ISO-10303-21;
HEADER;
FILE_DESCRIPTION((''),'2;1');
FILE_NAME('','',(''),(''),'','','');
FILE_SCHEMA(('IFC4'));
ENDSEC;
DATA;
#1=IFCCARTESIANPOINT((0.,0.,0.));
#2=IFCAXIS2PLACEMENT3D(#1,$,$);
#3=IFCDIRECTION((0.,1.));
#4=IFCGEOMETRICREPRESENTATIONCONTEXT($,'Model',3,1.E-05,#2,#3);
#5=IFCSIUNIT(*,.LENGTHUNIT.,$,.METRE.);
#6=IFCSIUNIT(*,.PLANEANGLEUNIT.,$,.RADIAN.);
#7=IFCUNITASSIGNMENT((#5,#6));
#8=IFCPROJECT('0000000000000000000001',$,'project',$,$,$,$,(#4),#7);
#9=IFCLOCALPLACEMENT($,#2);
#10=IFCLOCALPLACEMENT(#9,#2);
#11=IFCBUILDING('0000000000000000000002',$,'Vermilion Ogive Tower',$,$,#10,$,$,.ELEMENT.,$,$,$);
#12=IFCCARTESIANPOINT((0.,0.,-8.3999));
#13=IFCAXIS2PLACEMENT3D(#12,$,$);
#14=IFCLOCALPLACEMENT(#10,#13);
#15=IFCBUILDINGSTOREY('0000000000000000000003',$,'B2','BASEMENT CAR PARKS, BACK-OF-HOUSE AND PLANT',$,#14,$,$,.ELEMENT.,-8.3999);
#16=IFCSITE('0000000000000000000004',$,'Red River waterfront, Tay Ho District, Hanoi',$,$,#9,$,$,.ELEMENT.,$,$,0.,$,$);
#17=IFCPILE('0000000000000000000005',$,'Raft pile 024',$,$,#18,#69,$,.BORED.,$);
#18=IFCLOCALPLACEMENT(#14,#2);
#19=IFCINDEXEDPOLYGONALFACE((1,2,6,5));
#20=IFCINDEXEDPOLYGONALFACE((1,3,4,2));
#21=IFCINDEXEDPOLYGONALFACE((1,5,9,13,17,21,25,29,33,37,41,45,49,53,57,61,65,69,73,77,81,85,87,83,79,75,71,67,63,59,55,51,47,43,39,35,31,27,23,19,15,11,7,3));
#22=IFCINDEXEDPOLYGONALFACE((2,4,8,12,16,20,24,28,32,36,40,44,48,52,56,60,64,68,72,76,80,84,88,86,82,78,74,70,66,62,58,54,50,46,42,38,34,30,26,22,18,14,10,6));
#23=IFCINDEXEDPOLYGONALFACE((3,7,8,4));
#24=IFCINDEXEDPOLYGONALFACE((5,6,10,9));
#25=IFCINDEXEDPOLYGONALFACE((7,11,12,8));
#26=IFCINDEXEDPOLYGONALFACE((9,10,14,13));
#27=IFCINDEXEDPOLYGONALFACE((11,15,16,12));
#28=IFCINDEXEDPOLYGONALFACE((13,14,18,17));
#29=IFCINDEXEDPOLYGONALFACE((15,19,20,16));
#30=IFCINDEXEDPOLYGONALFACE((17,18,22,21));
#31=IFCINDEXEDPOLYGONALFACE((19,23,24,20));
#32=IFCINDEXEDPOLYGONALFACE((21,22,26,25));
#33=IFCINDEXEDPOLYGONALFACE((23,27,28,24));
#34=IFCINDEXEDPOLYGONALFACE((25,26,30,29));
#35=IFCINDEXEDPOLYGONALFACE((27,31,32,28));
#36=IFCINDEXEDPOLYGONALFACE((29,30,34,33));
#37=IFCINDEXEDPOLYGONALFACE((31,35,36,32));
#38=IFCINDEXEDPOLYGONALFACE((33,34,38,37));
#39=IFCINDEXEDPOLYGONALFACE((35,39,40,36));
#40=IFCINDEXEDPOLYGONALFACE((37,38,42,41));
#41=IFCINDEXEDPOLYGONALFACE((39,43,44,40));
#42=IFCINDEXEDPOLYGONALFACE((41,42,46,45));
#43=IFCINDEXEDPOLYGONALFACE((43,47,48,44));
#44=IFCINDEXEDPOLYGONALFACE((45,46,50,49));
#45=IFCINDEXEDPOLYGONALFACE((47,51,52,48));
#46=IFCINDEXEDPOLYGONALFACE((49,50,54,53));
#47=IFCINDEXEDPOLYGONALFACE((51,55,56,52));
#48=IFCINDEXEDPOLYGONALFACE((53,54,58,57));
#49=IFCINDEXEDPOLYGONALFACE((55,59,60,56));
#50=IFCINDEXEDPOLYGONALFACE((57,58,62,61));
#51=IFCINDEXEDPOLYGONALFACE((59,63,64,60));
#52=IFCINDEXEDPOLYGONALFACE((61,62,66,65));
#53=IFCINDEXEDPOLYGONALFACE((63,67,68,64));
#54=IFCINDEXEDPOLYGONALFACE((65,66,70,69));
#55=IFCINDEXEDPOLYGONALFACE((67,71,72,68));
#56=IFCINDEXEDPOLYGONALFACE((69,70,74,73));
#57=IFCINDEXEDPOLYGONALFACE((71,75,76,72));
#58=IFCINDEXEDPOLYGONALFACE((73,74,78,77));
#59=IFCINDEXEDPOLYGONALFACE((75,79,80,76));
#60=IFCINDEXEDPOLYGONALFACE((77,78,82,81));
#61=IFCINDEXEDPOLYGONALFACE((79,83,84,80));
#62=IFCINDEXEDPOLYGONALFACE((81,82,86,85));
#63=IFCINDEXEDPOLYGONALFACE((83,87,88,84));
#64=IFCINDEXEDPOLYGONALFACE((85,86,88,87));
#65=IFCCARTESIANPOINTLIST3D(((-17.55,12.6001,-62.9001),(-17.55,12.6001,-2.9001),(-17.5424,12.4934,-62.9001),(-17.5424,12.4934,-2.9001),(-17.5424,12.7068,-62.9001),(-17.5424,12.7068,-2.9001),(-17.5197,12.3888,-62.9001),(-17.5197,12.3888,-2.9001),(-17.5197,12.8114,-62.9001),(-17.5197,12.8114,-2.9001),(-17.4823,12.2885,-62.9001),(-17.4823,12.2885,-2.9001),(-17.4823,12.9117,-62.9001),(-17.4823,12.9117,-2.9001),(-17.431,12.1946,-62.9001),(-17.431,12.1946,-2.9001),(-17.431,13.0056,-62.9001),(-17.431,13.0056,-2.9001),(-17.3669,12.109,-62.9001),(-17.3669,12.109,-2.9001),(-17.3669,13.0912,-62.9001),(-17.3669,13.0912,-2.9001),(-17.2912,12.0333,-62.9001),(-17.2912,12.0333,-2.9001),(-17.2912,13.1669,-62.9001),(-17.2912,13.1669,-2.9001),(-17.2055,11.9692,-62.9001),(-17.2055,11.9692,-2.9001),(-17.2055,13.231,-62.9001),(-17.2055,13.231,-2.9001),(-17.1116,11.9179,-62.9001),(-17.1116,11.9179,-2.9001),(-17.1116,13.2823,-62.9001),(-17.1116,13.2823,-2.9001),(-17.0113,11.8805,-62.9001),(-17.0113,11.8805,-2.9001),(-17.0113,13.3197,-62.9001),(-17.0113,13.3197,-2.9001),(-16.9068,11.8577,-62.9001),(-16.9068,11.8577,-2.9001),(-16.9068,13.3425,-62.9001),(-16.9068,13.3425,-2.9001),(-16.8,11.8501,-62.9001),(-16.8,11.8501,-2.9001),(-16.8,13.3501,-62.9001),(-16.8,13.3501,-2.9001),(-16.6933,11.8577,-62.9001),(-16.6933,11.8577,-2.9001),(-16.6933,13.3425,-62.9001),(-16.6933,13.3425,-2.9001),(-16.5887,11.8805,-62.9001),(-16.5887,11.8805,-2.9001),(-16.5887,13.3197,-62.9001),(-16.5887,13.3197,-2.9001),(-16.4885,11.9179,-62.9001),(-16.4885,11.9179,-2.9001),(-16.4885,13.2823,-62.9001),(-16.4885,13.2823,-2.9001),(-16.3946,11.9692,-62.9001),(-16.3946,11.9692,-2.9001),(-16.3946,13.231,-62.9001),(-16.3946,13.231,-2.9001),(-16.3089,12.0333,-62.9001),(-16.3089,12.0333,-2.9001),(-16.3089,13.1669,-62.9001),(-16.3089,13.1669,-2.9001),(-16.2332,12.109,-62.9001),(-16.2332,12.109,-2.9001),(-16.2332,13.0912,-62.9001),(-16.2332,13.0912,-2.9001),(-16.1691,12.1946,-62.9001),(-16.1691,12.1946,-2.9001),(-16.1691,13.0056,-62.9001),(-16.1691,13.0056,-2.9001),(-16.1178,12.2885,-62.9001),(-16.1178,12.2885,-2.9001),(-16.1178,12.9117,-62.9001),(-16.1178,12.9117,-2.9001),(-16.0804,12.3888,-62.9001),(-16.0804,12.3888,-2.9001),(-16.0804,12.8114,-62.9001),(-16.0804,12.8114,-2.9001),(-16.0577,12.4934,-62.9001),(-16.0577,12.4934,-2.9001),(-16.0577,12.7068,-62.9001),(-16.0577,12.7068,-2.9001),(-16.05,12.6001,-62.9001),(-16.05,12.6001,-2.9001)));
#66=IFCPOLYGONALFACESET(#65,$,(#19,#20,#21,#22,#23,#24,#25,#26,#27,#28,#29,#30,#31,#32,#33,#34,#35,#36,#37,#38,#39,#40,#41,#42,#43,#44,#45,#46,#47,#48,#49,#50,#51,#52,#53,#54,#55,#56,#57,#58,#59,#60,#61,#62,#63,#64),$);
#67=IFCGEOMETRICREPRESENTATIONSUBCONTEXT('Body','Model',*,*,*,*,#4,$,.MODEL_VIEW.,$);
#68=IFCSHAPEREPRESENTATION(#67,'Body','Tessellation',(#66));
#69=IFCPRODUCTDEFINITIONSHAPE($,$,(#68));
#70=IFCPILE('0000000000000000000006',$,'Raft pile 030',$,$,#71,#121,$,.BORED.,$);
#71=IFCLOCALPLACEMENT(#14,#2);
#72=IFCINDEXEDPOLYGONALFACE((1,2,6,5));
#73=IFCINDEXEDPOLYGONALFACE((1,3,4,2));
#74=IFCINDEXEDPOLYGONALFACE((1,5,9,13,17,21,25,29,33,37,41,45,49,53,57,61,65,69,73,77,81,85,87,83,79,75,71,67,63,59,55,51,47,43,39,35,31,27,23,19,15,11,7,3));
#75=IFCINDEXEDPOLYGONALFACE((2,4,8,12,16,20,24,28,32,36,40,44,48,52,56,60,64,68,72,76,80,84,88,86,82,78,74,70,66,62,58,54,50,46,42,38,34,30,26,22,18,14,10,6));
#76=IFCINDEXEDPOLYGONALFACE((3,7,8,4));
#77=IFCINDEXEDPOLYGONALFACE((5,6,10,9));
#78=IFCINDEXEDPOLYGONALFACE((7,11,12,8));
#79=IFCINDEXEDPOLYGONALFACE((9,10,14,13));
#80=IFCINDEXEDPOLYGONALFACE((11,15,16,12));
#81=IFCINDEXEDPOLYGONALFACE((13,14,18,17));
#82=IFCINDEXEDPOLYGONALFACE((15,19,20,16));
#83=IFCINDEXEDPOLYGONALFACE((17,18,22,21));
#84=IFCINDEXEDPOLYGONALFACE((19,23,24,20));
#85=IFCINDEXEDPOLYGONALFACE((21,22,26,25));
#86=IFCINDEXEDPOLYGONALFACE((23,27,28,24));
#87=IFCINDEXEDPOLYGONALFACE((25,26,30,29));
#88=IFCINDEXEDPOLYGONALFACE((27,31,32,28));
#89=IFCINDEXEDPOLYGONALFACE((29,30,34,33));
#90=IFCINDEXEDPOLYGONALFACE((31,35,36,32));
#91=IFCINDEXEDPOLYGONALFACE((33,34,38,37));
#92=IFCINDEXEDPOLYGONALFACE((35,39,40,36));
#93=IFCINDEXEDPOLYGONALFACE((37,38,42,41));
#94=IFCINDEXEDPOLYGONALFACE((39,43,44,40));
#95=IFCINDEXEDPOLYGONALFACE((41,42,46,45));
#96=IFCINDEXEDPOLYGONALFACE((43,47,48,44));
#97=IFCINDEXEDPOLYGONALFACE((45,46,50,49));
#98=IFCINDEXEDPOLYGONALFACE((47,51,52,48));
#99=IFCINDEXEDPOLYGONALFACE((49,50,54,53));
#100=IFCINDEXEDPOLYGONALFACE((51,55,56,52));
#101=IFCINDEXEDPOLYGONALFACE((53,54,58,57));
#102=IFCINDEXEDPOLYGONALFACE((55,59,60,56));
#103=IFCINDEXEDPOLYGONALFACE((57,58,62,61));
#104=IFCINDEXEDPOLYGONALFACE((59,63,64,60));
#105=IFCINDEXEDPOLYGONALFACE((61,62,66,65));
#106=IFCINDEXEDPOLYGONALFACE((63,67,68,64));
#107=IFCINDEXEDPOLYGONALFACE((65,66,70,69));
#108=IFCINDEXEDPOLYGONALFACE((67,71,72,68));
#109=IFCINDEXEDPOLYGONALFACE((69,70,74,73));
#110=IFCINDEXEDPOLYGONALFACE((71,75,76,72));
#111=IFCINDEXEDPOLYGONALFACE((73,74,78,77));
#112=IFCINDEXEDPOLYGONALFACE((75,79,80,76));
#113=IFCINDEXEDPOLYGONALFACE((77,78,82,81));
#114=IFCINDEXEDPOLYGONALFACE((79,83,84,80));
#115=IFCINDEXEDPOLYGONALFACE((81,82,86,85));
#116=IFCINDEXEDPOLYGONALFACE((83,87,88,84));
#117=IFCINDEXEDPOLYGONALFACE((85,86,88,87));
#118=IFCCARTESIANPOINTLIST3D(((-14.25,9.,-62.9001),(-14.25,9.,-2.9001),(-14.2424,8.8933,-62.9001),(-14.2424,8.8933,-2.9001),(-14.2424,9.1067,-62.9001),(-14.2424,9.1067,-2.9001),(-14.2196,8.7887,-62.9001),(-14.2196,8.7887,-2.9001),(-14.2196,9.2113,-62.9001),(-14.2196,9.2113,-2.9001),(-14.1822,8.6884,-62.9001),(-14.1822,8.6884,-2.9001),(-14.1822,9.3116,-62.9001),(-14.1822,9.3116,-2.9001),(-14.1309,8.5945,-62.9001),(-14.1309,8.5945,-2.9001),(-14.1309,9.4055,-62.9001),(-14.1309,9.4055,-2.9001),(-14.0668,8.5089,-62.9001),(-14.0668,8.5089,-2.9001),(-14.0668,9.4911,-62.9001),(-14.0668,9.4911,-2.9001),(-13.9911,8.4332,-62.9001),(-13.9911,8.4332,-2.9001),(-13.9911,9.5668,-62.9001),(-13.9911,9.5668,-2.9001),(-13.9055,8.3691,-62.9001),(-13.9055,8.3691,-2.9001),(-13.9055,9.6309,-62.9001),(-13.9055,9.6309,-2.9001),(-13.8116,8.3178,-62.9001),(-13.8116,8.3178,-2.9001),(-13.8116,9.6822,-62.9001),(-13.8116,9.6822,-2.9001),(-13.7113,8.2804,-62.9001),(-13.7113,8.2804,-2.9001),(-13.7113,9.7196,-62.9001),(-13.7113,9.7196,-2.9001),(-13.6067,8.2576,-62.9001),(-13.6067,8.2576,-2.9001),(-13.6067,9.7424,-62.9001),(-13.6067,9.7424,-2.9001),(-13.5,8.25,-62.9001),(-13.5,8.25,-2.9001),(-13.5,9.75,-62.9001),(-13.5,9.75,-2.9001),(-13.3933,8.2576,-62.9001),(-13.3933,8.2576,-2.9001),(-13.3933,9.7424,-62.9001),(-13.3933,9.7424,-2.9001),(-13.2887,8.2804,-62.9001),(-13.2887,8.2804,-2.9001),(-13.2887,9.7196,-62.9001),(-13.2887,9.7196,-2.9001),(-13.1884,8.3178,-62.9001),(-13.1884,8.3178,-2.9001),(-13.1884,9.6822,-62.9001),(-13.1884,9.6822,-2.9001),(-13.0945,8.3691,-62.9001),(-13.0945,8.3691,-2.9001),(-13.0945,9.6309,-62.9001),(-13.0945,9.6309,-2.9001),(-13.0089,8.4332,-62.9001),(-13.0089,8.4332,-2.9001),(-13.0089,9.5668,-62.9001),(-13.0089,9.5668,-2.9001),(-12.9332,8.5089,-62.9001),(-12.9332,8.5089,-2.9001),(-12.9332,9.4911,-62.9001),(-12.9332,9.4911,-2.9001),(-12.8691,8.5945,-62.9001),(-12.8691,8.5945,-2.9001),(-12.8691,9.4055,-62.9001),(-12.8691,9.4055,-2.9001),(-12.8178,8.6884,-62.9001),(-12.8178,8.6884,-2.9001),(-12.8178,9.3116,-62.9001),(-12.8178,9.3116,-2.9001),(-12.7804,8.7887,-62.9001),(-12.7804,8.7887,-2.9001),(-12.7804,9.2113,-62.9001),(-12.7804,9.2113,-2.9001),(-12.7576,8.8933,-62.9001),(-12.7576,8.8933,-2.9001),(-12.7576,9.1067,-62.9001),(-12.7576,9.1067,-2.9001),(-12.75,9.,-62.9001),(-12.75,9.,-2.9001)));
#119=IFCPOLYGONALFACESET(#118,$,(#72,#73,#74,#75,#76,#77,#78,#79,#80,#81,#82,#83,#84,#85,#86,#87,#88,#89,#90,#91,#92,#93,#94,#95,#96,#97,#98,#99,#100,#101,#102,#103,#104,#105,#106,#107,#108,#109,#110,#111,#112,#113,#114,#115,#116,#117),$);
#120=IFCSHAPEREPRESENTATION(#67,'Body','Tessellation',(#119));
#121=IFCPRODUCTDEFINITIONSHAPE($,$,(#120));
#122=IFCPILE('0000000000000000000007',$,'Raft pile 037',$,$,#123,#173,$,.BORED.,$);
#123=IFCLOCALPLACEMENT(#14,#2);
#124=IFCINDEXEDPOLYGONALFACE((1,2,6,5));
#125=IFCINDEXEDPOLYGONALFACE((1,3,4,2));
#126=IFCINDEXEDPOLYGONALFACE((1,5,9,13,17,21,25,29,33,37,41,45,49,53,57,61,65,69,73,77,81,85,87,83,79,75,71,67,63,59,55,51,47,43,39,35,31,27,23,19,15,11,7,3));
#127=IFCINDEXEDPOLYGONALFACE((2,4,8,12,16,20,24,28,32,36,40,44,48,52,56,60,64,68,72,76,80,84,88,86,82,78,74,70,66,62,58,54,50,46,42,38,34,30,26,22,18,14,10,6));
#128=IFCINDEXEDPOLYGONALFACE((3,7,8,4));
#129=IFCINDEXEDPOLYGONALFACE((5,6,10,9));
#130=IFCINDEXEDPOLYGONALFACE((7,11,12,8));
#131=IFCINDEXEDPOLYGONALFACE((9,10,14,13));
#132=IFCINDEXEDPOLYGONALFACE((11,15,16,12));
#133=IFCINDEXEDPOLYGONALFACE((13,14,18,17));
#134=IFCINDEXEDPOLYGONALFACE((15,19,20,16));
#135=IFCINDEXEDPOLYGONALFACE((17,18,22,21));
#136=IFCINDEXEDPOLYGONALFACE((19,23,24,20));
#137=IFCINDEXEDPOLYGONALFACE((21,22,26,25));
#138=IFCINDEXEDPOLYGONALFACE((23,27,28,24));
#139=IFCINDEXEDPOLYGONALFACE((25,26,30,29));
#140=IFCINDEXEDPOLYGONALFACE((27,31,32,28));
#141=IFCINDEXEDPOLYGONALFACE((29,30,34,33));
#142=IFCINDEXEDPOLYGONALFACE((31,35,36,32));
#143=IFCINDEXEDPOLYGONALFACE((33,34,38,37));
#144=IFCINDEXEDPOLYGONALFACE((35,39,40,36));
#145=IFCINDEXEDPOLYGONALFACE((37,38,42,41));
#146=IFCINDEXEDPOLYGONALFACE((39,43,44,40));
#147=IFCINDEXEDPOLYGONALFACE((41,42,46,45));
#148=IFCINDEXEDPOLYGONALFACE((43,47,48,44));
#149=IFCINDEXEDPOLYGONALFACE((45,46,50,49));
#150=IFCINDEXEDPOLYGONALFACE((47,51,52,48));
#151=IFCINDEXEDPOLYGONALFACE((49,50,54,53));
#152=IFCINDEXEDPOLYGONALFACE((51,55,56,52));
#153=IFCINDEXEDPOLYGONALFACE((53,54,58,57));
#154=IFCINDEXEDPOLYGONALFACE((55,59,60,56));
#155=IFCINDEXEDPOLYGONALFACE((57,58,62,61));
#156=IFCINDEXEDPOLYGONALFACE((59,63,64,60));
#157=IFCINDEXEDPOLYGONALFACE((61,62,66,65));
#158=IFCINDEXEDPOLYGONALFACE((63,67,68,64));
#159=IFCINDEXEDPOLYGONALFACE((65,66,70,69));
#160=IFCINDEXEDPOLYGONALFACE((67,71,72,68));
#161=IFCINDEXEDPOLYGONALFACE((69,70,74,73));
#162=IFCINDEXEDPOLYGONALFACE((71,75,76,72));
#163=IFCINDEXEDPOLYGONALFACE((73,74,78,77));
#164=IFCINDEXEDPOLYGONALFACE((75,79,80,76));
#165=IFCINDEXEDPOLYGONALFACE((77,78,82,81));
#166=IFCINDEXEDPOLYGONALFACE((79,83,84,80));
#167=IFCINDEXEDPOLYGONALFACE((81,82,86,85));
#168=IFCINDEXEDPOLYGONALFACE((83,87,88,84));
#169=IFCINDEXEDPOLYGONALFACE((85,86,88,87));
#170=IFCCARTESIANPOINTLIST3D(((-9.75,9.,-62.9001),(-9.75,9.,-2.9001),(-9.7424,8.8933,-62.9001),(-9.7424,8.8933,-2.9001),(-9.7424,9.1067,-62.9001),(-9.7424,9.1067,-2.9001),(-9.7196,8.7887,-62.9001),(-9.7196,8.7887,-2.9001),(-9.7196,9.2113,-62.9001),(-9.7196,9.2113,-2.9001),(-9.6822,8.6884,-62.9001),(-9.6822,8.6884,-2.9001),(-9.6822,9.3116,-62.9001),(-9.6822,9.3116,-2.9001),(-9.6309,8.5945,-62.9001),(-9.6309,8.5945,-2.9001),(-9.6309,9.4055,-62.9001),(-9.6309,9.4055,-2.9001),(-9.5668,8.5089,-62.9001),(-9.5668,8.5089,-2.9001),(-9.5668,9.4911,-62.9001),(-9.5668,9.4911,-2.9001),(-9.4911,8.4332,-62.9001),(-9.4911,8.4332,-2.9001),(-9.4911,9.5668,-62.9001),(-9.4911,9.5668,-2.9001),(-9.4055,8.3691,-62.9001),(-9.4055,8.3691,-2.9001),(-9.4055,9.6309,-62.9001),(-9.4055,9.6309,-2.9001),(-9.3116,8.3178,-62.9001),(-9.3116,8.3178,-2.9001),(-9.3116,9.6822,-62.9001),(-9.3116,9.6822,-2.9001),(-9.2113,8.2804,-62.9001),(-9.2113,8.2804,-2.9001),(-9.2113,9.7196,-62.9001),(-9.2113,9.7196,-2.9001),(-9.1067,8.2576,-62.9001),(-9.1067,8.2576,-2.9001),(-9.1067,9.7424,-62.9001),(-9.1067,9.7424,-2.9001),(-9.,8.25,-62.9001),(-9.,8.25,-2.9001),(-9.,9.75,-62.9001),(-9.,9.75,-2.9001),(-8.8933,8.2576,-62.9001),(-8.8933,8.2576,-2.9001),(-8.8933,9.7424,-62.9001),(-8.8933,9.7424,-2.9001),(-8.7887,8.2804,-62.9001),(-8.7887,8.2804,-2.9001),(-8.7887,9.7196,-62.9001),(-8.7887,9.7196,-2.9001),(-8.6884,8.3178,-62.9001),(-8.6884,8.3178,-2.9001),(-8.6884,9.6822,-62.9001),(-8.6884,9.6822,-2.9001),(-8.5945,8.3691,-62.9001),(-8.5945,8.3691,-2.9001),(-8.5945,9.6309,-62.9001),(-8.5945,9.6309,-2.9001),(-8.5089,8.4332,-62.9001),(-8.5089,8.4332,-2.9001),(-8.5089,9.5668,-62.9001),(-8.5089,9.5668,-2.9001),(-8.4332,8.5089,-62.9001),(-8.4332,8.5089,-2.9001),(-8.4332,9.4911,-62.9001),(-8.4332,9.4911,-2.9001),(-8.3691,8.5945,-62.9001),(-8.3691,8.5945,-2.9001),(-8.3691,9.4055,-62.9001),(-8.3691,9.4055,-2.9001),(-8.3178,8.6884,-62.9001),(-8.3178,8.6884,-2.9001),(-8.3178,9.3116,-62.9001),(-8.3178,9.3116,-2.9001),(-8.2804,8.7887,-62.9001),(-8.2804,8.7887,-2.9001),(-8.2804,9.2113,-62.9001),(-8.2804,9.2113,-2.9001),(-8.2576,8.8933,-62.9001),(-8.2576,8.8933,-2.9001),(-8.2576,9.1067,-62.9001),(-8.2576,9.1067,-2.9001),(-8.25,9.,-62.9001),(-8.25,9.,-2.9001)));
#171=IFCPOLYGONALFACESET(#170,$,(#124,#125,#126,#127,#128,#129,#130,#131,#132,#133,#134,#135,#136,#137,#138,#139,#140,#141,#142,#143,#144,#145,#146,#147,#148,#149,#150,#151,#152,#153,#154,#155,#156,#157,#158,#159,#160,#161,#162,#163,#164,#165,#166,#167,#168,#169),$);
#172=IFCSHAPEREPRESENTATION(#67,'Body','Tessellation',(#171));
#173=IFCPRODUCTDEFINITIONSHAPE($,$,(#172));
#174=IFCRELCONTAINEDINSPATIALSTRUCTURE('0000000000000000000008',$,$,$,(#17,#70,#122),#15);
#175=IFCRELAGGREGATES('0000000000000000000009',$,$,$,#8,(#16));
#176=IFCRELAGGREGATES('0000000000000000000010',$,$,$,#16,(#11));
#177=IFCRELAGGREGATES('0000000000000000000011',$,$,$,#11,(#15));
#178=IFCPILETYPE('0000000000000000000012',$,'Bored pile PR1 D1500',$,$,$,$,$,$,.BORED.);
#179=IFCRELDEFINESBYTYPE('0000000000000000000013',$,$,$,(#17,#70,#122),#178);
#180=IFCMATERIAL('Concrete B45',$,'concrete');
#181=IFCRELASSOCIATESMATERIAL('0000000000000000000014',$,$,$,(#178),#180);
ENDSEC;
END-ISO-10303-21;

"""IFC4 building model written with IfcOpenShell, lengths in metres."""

from ifc_helpers import new_model, si_unit, direction, frame, origin, origin_2d, place, context, subcontext, project, spatial, circle, extrude, material, type_object, element, save


model = new_model("IFC4")

# Units and contexts
model_context = context("Model", 3, precision=1e-05, world=origin(), true_north=direction((0.0, 1.0)))
body_context = subcontext(model_context, "Body", "Model", "MODEL_VIEW")
ifc_project = project(units=[si_unit("LENGTHUNIT", "METRE"), si_unit("PLANEANGLEUNIT", "RADIAN")], contexts=[model_context])

# Site, building, storey
site_placement = place(None, origin())
site = spatial("IfcSite", under=ifc_project, at=site_placement, Name="Red River waterfront, Tay Ho District, Hanoi", CompositionType="ELEMENT", RefElevation=0.0)
building_placement = place(site_placement, origin())
building = spatial("IfcBuilding", under=site, at=building_placement, Name="Vermilion Ogive Tower", CompositionType="ELEMENT")
storey_placement = place(building_placement, frame((0.0, 0.0, -8.3999)))
storey = spatial("IfcBuildingStorey", under=building, at=storey_placement, Name="B2", Description="BASEMENT CAR PARKS, BACK-OF-HOUSE AND PLANT", CompositionType="ELEMENT", Elevation=-8.3999)

# Piles
ifc_material_1 = material(Name="Concrete B45", Category="concrete")
pile_type = type_object("IfcPileType", Name="Bored pile PR1 D1500", PredefinedType="BORED", material=ifc_material_1)
for number, where, z_axis, x_axis, name in (
    (1, (-16.8, 12.6001, -2.9001), (0.0, 0.0, -1.0), (1.0, 0.0, 0.0), "Raft pile 024"),
    (2, (-13.5, 9.0, -2.9001), (0.0, 0.0, -1.0), (1.0, 0.0, 0.0), "Raft pile 030"),
    (3, (-9.0, 9.0, -2.9001), (0.0, 0.0, -1.0), (1.0, 0.0, 0.0), "Raft pile 037"),
):
    element("IfcPile", number, at=place(storey_placement, frame(where, z_axis=z_axis, x_axis=x_axis)), inside=storey, type_object=pile_type, Name=name, PredefinedType="BORED", context=body_context, shape_type="SweptSolid", body=[
        extrude(circle(Radius=0.75, at=origin_2d()), origin(), (0.0, 0.0, 1.0), 60.0),
    ])

save(model, "model.ifc")
